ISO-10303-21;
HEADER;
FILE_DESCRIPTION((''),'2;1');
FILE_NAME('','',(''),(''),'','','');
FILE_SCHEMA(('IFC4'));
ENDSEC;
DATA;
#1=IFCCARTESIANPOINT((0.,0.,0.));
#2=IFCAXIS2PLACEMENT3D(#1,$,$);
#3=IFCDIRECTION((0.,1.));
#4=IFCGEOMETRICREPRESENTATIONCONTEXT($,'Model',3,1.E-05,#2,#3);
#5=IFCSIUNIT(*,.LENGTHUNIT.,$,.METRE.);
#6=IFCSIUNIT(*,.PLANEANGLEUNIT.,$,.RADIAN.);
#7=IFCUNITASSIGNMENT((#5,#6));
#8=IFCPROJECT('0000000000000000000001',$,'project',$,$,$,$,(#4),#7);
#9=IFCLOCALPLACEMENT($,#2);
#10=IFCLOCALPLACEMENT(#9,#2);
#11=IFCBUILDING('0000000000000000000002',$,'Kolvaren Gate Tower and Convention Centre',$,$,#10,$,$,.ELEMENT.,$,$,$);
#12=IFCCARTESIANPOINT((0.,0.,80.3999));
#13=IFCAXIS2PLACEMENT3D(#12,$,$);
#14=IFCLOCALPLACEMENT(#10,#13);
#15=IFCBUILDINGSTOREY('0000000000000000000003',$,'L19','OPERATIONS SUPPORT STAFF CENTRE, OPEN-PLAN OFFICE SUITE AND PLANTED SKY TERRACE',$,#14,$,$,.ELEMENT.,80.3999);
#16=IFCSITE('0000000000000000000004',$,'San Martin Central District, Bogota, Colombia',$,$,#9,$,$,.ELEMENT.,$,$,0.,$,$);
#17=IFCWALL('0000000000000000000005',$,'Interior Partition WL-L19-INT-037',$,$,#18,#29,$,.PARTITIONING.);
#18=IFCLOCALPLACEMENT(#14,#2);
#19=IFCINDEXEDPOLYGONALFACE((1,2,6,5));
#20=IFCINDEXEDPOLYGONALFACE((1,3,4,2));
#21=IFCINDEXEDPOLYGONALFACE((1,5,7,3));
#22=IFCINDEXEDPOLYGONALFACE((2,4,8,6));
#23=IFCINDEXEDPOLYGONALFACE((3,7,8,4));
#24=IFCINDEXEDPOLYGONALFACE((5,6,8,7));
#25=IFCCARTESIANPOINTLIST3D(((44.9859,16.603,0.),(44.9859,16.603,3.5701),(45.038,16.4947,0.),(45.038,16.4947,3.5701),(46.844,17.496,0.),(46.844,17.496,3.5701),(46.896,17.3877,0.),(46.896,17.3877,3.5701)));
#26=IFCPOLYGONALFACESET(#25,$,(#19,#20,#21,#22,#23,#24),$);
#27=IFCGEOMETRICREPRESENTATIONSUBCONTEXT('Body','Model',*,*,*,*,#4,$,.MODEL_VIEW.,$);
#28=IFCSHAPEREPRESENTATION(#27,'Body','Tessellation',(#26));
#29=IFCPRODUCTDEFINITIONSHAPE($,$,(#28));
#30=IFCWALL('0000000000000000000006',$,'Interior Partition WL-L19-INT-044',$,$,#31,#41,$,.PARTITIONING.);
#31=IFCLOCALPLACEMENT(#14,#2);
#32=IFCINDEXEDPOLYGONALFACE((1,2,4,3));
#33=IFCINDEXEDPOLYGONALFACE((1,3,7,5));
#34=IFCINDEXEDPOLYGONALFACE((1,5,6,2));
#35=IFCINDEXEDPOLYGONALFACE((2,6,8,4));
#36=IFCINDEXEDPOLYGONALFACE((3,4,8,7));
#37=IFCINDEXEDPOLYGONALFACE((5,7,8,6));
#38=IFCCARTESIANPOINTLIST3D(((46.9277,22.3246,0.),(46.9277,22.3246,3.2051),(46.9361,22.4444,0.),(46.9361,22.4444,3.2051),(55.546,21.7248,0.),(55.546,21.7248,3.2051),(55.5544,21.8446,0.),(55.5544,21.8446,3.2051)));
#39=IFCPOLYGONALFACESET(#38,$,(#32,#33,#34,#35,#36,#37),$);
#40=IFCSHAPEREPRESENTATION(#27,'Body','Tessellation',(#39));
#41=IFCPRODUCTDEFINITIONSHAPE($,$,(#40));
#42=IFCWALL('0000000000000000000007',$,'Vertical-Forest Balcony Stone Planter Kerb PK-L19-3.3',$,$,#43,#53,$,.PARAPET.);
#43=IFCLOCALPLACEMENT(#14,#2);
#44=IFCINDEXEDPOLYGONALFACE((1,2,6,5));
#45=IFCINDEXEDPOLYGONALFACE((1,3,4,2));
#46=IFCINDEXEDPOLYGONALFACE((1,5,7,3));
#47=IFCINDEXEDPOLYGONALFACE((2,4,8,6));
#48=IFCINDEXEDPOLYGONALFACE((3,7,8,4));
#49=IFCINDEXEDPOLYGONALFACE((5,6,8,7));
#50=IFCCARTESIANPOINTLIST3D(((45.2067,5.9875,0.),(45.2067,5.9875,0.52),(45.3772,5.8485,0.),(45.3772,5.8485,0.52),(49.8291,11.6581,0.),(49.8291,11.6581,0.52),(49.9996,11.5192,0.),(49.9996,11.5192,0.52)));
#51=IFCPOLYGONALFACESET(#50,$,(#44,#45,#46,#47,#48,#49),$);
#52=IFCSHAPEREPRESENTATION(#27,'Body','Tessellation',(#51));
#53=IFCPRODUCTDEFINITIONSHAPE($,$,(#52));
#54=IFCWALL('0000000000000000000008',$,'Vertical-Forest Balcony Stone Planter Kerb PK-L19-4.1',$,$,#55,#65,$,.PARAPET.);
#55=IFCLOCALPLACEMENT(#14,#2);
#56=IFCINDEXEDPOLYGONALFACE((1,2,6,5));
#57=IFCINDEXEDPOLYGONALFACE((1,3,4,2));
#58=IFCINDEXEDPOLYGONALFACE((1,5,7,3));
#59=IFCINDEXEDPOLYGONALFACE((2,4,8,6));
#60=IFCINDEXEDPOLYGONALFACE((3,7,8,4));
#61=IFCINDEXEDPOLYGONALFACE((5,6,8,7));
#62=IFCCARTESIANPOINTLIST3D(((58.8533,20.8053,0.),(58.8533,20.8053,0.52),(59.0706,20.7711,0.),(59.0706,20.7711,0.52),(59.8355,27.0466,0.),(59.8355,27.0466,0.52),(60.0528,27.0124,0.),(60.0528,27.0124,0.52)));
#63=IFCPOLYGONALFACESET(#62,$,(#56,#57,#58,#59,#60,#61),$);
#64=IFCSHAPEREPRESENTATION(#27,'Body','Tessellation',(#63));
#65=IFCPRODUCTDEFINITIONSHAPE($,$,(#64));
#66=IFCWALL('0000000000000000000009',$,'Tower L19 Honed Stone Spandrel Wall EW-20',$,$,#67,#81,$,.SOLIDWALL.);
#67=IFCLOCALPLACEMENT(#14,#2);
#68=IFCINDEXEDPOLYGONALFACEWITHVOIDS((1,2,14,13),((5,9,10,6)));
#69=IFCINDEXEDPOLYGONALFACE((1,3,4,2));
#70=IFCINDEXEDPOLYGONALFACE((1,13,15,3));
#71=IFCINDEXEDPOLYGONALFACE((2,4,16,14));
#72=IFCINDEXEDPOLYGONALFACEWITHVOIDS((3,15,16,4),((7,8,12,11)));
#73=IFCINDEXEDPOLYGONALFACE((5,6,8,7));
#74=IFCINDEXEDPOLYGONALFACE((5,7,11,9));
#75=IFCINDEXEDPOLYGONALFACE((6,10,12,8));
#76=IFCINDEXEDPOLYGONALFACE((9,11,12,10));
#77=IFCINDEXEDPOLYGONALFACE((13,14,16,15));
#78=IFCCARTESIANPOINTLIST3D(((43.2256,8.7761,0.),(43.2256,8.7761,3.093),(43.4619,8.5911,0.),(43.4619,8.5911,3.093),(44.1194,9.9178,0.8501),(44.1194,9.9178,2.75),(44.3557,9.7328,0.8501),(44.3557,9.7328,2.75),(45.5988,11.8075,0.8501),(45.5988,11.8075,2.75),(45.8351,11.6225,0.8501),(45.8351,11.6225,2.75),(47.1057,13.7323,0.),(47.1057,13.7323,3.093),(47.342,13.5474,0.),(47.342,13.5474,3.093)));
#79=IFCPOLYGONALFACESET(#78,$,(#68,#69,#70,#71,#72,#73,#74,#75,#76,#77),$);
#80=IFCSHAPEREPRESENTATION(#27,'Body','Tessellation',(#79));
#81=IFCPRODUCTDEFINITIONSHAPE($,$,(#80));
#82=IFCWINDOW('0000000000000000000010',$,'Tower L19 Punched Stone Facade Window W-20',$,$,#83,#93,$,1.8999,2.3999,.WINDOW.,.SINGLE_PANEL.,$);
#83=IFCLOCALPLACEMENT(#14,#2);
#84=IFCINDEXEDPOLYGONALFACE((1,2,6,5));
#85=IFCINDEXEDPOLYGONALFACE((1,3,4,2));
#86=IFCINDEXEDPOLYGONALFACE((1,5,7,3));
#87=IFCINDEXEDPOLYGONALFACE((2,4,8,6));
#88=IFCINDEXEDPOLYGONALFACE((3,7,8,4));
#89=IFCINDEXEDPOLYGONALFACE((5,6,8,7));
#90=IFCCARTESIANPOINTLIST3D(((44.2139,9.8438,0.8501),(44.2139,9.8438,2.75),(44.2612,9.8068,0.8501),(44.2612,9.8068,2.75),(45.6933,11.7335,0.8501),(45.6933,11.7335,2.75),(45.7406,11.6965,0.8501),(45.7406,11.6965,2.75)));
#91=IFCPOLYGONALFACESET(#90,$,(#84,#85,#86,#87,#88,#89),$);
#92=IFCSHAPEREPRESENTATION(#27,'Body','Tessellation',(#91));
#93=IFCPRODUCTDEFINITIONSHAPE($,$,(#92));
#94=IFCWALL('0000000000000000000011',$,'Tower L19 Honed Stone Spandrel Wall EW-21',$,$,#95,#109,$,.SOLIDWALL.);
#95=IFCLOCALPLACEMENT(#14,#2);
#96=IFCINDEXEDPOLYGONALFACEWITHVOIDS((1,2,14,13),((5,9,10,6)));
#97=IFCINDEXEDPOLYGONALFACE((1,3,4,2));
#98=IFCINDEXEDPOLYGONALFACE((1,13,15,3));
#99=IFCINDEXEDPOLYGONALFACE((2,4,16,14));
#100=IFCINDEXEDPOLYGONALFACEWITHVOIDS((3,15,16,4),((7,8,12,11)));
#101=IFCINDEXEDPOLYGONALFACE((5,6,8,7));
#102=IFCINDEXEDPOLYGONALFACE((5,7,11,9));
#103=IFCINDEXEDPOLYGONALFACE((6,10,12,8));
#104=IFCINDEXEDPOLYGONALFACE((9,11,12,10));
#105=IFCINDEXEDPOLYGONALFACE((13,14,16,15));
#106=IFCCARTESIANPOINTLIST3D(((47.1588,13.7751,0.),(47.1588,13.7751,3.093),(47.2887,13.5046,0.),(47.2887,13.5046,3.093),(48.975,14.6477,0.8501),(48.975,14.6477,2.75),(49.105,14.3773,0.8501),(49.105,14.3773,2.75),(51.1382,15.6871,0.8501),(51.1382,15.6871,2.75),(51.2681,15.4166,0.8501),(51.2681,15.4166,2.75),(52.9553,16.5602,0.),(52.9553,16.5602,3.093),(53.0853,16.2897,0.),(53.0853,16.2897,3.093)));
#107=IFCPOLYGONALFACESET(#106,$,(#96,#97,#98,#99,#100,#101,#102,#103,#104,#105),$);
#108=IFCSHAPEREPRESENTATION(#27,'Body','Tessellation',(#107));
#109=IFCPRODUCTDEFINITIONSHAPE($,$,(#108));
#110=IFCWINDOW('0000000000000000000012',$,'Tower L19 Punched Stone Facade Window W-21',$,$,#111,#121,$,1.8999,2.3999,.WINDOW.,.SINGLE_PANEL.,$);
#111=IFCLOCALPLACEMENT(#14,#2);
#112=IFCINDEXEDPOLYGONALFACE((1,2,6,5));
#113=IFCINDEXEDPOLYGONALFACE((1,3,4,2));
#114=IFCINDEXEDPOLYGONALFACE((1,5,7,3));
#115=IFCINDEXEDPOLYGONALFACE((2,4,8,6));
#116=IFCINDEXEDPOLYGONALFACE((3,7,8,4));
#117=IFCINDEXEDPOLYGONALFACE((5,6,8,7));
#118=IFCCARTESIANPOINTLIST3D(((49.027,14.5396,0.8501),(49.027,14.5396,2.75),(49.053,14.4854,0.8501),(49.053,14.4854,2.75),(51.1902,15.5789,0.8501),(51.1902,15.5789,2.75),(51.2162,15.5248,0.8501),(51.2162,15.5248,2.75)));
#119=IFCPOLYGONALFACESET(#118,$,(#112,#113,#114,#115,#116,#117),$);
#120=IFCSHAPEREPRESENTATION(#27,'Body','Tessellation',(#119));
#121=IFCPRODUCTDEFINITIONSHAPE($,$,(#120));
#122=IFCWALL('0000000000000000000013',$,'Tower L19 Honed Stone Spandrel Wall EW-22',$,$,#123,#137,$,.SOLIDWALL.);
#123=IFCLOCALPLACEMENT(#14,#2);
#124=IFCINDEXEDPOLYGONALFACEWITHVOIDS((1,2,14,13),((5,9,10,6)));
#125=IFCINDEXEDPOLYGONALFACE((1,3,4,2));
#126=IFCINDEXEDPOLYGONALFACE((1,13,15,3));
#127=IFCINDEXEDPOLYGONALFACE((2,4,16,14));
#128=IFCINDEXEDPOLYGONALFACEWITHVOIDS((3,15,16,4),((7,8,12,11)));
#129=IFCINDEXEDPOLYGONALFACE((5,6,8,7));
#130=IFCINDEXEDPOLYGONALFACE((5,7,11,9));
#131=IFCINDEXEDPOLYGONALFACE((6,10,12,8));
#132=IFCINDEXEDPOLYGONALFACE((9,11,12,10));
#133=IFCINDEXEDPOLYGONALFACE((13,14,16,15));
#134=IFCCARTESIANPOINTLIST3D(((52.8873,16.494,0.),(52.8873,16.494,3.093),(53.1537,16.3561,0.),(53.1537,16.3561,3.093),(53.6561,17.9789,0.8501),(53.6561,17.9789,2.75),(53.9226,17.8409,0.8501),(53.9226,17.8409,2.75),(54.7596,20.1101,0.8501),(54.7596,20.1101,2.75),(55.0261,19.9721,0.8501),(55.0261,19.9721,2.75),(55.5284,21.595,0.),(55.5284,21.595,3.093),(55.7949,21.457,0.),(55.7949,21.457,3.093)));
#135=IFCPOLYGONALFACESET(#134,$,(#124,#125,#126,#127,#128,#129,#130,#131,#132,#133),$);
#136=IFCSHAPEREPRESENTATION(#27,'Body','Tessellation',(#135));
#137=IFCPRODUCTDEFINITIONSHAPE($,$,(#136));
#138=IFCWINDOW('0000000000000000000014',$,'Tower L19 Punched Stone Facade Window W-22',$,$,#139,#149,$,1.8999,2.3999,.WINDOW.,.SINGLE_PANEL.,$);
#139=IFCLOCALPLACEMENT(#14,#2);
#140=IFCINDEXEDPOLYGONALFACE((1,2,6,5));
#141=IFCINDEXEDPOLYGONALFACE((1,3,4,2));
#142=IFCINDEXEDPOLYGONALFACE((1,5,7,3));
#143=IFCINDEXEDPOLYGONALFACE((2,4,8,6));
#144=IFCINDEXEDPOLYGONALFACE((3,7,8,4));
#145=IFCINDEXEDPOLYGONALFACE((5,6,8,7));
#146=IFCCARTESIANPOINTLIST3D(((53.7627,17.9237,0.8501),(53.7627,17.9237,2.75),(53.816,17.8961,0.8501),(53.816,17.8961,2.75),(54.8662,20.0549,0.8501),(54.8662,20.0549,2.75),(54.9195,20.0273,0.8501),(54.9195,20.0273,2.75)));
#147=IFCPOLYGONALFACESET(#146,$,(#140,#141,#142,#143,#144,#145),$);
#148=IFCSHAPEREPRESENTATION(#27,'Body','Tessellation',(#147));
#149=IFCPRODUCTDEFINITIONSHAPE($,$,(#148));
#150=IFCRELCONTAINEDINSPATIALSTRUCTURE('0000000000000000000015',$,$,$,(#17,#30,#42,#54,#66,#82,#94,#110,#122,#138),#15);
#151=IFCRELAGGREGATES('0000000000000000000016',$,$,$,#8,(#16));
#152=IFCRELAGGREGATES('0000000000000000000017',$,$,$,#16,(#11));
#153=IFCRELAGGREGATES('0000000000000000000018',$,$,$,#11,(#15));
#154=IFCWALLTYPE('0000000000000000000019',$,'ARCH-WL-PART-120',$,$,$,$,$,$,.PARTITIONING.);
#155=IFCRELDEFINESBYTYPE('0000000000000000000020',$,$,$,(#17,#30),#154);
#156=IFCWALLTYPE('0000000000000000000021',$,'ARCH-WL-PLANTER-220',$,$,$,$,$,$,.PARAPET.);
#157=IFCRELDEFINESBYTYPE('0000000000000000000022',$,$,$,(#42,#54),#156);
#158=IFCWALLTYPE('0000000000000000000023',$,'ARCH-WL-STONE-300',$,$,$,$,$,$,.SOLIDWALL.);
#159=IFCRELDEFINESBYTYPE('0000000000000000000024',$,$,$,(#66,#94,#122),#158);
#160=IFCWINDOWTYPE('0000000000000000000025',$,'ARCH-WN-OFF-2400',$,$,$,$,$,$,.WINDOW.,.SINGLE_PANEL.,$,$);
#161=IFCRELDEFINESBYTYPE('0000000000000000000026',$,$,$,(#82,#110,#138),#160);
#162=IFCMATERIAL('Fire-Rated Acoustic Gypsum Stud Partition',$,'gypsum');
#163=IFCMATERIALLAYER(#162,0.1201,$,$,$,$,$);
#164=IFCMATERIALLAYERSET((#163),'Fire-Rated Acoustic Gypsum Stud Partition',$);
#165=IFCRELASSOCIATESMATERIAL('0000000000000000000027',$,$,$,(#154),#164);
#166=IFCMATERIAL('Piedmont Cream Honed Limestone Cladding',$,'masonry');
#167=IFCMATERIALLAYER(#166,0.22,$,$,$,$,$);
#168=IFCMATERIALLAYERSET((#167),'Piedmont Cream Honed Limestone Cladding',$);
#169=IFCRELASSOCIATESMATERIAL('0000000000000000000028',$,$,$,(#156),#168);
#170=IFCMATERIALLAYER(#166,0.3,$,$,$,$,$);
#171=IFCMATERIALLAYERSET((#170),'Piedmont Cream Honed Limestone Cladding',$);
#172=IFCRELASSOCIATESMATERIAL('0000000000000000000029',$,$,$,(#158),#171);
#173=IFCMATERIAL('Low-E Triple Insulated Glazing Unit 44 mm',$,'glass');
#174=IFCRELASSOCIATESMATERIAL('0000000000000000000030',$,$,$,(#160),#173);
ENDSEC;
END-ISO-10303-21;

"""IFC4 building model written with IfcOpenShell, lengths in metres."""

from ifc_helpers import new_model, si_unit, direction, frame, frame_2d, origin, place, context, subcontext, project, spatial, rectangle, extrude, material, layer, layer_set, type_object, element, fill, save


model = new_model("IFC4")

# Units and contexts
model_context = context("Model", 3, precision=1e-05, world=origin(), true_north=direction((0.0, 1.0)))
body_context = subcontext(model_context, "Body", "Model", "MODEL_VIEW")
ifc_project = project(units=[si_unit("LENGTHUNIT", "METRE"), si_unit("PLANEANGLEUNIT", "RADIAN")], contexts=[model_context])

# Site, building, storey
site_placement = place(None, origin())
site = spatial("IfcSite", under=ifc_project, at=site_placement, Name="San Martin Central District, Bogota, Colombia", CompositionType="ELEMENT", RefElevation=0.0)
building_placement = place(site_placement, origin())
building = spatial("IfcBuilding", under=site, at=building_placement, Name="Kolvaren Gate Tower and Convention Centre", CompositionType="ELEMENT")
storey_placement = place(building_placement, frame((0.0, 0.0, 80.3999)))
storey = spatial("IfcBuildingStorey", under=building, at=storey_placement, Name="L19", Description="OPERATIONS SUPPORT STAFF CENTRE, OPEN-PLAN OFFICE SUITE AND PLANTED SKY TERRACE", CompositionType="ELEMENT", Elevation=80.3999)

# Shared definitions
ifc_material_1 = material(Name="Fire-Rated Acoustic Gypsum Stud Partition", Category="gypsum")
ifc_layer_1 = layer(ifc_material_1, 0.1201)
ifc_layer_set_1 = layer_set([ifc_layer_1], Name="Fire-Rated Acoustic Gypsum Stud Partition")
wall_type_1 = type_object("IfcWallType", Name="ARCH-WL-PART-120", PredefinedType="PARTITIONING", material=ifc_layer_set_1)

# Walls
wall_1_placement = place(storey_placement, frame((45.012, 16.5488, 0.0), z_axis=(0.0, 0.0, 1.0), x_axis=(0.901305, 0.433185, 0.0)))
element("IfcWall", 1, at=wall_1_placement, inside=storey, type_object=wall_type_1, Name="Interior Partition WL-L19-INT-037", PredefinedType="PARTITIONING", context=body_context, shape_type="SweptSolid", body=[
    extrude(rectangle(XDim=2.0615, YDim=0.1201, at=frame_2d((1.0308, 0.0))), origin(), (0.0, 0.0, 1.0), 3.5701),
])
wall_2_placement = place(storey_placement, frame((46.9319, 22.3845, 0.0), z_axis=(0.0, 0.0, 1.0), x_axis=(0.997587, -0.069433, 0.0)))
element("IfcWall", 2, at=wall_2_placement, inside=storey, type_object=wall_type_1, Name="Interior Partition WL-L19-INT-044", PredefinedType="PARTITIONING", context=body_context, shape_type="SweptSolid", body=[
    extrude(rectangle(XDim=8.6392, YDim=0.1201, at=frame_2d((4.3196, 0.0))), origin(), (0.0, 0.0, 1.0), 3.2051),
])
ifc_material_2 = material(Name="Piedmont Cream Honed Limestone Cladding", Category="masonry")
ifc_layer_2 = layer(ifc_material_2, 0.22)
ifc_layer_set_2 = layer_set([ifc_layer_2], Name="Piedmont Cream Honed Limestone Cladding")
wall_type_2 = type_object("IfcWallType", Name="ARCH-WL-PLANTER-220", PredefinedType="PARAPET", material=ifc_layer_set_2)
wall_3_placement = place(storey_placement, frame((45.292, 5.918, 0.0), z_axis=(0.0, 0.0, 1.0), x_axis=(0.631819, 0.775116, 0.0)))
element("IfcWall", 3, at=wall_3_placement, inside=storey, type_object=wall_type_2, Name="Vertical-Forest Balcony Stone Planter Kerb PK-L19-3.3", PredefinedType="PARAPET", context=body_context, shape_type="SweptSolid", body=[
    extrude(rectangle(XDim=7.3159, YDim=0.22, at=frame_2d((3.658, 0.0))), origin(), (0.0, 0.0, 1.0), 0.52),
])
wall_4_placement = place(storey_placement, frame((58.9619, 20.7881, 0.0), z_axis=(0.0, 0.0, 1.0), x_axis=(0.155457, 0.987843, 0.0)))
element("IfcWall", 4, at=wall_4_placement, inside=storey, type_object=wall_type_2, Name="Vertical-Forest Balcony Stone Planter Kerb PK-L19-4.1", PredefinedType="PARAPET", context=body_context, shape_type="SweptSolid", body=[
    extrude(rectangle(XDim=6.3181, YDim=0.22, at=frame_2d((3.1592, 0.0))), origin(), (0.0, 0.0, 1.0), 0.52),
])

# Walls, openings, windows
ifc_layer_3 = layer(ifc_material_2, 0.3)
ifc_layer_set_3 = layer_set([ifc_layer_3], Name="Piedmont Cream Honed Limestone Cladding")
wall_type_3 = type_object("IfcWallType", Name="ARCH-WL-STONE-300", PredefinedType="SOLIDWALL", material=ifc_layer_set_3)
wall_5_placement = place(storey_placement, frame((43.3438, 8.6836, 0.0), z_axis=(0.0, 0.0, 1.0), x_axis=(0.616435, 0.787406, 0.0)))
wall_5 = element("IfcWall", 5, at=wall_5_placement, inside=storey, type_object=wall_type_3, Name="Tower L19 Honed Stone Spandrel Wall EW-20", PredefinedType="SOLIDWALL", context=body_context, shape_type="SweptSolid", body=[
    extrude(rectangle(XDim=6.2944, YDim=0.3, at=frame_2d((3.1472, 0.0))), origin(), (0.0, 0.0, 1.0), 3.093),
])
opening_1_placement = place(wall_5_placement, frame((1.45, 0.0, 0.8501)))
opening_1 = element("IfcOpeningElement", 6, at=opening_1_placement, cuts=wall_5, PredefinedType="OPENING", context=body_context, shape_type="SweptSolid", body=[
    extrude(rectangle(XDim=2.3999, YDim=1.8999, at=frame_2d((1.2, 0.95))), frame((0.0, 0.1599, 0.0), z_axis=(0.0, -1.0, 0.0), x_axis=(1.0, 0.0, 0.0)), (0.0, 0.0, 1.0), 0.3201),
])
ifc_material_3 = material(Name="Low-E Triple Insulated Glazing Unit 44 mm", Category="glass")
window_type = type_object("IfcWindowType", Name="ARCH-WN-OFF-2400", PartitioningType="SINGLE_PANEL", PredefinedType="WINDOW", material=ifc_material_3)
window_1_placement = place(opening_1_placement, origin())
window_1 = element("IfcWindow", 7, at=window_1_placement, inside=storey, type_object=window_type, Name="Tower L19 Punched Stone Facade Window W-20", OverallHeight=1.8999, OverallWidth=2.3999, PartitioningType="SINGLE_PANEL", PredefinedType="WINDOW", context=body_context, shape_type="SweptSolid", body=[
    extrude(rectangle(XDim=2.3999, YDim=1.8999, at=frame_2d((1.2, 0.95))), frame((0.0, 0.03, 0.0), z_axis=(0.0, -1.0, 0.0), x_axis=(1.0, 0.0, 0.0)), (0.0, 0.0, 1.0), 0.0601),
])
fill(opening_1, window_1)
wall_6_placement = place(storey_placement, frame((47.2239, 13.6399, 0.0), z_axis=(0.0, 0.0, 1.0), x_axis=(0.901355, 0.433082, 0.0)))
wall_6 = element("IfcWall", 8, at=wall_6_placement, inside=storey, type_object=wall_type_3, Name="Tower L19 Honed Stone Spandrel Wall EW-21", PredefinedType="SOLIDWALL", context=body_context, shape_type="SweptSolid", body=[
    extrude(rectangle(XDim=6.4309, YDim=0.3, at=frame_2d((3.2153, 0.0))), origin(), (0.0, 0.0, 1.0), 3.093),
])
opening_2_placement = place(wall_6_placement, frame((2.0149, 0.0, 0.8501)))
opening_2 = element("IfcOpeningElement", 9, at=opening_2_placement, cuts=wall_6, PredefinedType="OPENING", context=body_context, shape_type="SweptSolid", body=[
    extrude(rectangle(XDim=2.3999, YDim=1.8999, at=frame_2d((1.2, 0.95))), frame((0.0, 0.1599, 0.0), z_axis=(0.0, -1.0, 0.0), x_axis=(1.0, 0.0, 0.0)), (0.0, 0.0, 1.0), 0.3201),
])
window_2_placement = place(opening_2_placement, origin())
window_2 = element("IfcWindow", 10, at=window_2_placement, inside=storey, type_object=window_type, Name="Tower L19 Punched Stone Facade Window W-21", OverallHeight=1.8999, OverallWidth=2.3999, PartitioningType="SINGLE_PANEL", PredefinedType="WINDOW", context=body_context, shape_type="SweptSolid", body=[
    extrude(rectangle(XDim=2.3999, YDim=1.8999, at=frame_2d((1.2, 0.95))), frame((0.0, 0.03, 0.0), z_axis=(0.0, -1.0, 0.0), x_axis=(1.0, 0.0, 0.0)), (0.0, 0.0, 1.0), 0.0601),
])
fill(opening_2, window_2)
wall_7_placement = place(storey_placement, frame((53.0205, 16.425, 0.0), z_axis=(0.0, 0.0, 1.0), x_axis=(0.459801, 0.888022, 0.0)))
wall_7 = element("IfcWall", 11, at=wall_7_placement, inside=storey, type_object=wall_type_3, Name="Tower L19 Honed Stone Spandrel Wall EW-22", PredefinedType="SOLIDWALL", context=body_context, shape_type="SweptSolid", body=[
    extrude(rectangle(XDim=5.7441, YDim=0.3, at=frame_2d((2.8721, 0.0))), origin(), (0.0, 0.0, 1.0), 3.093),
])
opening_3_placement = place(wall_7_placement, frame((1.6721, 0.0, 0.8501)))
opening_3 = element("IfcOpeningElement", 12, at=opening_3_placement, cuts=wall_7, PredefinedType="OPENING", context=body_context, shape_type="SweptSolid", body=[
    extrude(rectangle(XDim=2.3999, YDim=1.8999, at=frame_2d((1.2, 0.95))), frame((0.0, 0.1599, 0.0), z_axis=(0.0, -1.0, 0.0), x_axis=(1.0, 0.0, 0.0)), (0.0, 0.0, 1.0), 0.3201),
])
window_3_placement = place(opening_3_placement, origin())
window_3 = element("IfcWindow", 13, at=window_3_placement, inside=storey, type_object=window_type, Name="Tower L19 Punched Stone Facade Window W-22", OverallHeight=1.8999, OverallWidth=2.3999, PartitioningType="SINGLE_PANEL", PredefinedType="WINDOW", context=body_context, shape_type="SweptSolid", body=[
    extrude(rectangle(XDim=2.3999, YDim=1.8999, at=frame_2d((1.2, 0.95))), frame((0.0, 0.03, 0.0), z_axis=(0.0, -1.0, 0.0), x_axis=(1.0, 0.0, 0.0)), (0.0, 0.0, 1.0), 0.0601),
])
fill(opening_3, window_3)

save(model, "model.ifc")
